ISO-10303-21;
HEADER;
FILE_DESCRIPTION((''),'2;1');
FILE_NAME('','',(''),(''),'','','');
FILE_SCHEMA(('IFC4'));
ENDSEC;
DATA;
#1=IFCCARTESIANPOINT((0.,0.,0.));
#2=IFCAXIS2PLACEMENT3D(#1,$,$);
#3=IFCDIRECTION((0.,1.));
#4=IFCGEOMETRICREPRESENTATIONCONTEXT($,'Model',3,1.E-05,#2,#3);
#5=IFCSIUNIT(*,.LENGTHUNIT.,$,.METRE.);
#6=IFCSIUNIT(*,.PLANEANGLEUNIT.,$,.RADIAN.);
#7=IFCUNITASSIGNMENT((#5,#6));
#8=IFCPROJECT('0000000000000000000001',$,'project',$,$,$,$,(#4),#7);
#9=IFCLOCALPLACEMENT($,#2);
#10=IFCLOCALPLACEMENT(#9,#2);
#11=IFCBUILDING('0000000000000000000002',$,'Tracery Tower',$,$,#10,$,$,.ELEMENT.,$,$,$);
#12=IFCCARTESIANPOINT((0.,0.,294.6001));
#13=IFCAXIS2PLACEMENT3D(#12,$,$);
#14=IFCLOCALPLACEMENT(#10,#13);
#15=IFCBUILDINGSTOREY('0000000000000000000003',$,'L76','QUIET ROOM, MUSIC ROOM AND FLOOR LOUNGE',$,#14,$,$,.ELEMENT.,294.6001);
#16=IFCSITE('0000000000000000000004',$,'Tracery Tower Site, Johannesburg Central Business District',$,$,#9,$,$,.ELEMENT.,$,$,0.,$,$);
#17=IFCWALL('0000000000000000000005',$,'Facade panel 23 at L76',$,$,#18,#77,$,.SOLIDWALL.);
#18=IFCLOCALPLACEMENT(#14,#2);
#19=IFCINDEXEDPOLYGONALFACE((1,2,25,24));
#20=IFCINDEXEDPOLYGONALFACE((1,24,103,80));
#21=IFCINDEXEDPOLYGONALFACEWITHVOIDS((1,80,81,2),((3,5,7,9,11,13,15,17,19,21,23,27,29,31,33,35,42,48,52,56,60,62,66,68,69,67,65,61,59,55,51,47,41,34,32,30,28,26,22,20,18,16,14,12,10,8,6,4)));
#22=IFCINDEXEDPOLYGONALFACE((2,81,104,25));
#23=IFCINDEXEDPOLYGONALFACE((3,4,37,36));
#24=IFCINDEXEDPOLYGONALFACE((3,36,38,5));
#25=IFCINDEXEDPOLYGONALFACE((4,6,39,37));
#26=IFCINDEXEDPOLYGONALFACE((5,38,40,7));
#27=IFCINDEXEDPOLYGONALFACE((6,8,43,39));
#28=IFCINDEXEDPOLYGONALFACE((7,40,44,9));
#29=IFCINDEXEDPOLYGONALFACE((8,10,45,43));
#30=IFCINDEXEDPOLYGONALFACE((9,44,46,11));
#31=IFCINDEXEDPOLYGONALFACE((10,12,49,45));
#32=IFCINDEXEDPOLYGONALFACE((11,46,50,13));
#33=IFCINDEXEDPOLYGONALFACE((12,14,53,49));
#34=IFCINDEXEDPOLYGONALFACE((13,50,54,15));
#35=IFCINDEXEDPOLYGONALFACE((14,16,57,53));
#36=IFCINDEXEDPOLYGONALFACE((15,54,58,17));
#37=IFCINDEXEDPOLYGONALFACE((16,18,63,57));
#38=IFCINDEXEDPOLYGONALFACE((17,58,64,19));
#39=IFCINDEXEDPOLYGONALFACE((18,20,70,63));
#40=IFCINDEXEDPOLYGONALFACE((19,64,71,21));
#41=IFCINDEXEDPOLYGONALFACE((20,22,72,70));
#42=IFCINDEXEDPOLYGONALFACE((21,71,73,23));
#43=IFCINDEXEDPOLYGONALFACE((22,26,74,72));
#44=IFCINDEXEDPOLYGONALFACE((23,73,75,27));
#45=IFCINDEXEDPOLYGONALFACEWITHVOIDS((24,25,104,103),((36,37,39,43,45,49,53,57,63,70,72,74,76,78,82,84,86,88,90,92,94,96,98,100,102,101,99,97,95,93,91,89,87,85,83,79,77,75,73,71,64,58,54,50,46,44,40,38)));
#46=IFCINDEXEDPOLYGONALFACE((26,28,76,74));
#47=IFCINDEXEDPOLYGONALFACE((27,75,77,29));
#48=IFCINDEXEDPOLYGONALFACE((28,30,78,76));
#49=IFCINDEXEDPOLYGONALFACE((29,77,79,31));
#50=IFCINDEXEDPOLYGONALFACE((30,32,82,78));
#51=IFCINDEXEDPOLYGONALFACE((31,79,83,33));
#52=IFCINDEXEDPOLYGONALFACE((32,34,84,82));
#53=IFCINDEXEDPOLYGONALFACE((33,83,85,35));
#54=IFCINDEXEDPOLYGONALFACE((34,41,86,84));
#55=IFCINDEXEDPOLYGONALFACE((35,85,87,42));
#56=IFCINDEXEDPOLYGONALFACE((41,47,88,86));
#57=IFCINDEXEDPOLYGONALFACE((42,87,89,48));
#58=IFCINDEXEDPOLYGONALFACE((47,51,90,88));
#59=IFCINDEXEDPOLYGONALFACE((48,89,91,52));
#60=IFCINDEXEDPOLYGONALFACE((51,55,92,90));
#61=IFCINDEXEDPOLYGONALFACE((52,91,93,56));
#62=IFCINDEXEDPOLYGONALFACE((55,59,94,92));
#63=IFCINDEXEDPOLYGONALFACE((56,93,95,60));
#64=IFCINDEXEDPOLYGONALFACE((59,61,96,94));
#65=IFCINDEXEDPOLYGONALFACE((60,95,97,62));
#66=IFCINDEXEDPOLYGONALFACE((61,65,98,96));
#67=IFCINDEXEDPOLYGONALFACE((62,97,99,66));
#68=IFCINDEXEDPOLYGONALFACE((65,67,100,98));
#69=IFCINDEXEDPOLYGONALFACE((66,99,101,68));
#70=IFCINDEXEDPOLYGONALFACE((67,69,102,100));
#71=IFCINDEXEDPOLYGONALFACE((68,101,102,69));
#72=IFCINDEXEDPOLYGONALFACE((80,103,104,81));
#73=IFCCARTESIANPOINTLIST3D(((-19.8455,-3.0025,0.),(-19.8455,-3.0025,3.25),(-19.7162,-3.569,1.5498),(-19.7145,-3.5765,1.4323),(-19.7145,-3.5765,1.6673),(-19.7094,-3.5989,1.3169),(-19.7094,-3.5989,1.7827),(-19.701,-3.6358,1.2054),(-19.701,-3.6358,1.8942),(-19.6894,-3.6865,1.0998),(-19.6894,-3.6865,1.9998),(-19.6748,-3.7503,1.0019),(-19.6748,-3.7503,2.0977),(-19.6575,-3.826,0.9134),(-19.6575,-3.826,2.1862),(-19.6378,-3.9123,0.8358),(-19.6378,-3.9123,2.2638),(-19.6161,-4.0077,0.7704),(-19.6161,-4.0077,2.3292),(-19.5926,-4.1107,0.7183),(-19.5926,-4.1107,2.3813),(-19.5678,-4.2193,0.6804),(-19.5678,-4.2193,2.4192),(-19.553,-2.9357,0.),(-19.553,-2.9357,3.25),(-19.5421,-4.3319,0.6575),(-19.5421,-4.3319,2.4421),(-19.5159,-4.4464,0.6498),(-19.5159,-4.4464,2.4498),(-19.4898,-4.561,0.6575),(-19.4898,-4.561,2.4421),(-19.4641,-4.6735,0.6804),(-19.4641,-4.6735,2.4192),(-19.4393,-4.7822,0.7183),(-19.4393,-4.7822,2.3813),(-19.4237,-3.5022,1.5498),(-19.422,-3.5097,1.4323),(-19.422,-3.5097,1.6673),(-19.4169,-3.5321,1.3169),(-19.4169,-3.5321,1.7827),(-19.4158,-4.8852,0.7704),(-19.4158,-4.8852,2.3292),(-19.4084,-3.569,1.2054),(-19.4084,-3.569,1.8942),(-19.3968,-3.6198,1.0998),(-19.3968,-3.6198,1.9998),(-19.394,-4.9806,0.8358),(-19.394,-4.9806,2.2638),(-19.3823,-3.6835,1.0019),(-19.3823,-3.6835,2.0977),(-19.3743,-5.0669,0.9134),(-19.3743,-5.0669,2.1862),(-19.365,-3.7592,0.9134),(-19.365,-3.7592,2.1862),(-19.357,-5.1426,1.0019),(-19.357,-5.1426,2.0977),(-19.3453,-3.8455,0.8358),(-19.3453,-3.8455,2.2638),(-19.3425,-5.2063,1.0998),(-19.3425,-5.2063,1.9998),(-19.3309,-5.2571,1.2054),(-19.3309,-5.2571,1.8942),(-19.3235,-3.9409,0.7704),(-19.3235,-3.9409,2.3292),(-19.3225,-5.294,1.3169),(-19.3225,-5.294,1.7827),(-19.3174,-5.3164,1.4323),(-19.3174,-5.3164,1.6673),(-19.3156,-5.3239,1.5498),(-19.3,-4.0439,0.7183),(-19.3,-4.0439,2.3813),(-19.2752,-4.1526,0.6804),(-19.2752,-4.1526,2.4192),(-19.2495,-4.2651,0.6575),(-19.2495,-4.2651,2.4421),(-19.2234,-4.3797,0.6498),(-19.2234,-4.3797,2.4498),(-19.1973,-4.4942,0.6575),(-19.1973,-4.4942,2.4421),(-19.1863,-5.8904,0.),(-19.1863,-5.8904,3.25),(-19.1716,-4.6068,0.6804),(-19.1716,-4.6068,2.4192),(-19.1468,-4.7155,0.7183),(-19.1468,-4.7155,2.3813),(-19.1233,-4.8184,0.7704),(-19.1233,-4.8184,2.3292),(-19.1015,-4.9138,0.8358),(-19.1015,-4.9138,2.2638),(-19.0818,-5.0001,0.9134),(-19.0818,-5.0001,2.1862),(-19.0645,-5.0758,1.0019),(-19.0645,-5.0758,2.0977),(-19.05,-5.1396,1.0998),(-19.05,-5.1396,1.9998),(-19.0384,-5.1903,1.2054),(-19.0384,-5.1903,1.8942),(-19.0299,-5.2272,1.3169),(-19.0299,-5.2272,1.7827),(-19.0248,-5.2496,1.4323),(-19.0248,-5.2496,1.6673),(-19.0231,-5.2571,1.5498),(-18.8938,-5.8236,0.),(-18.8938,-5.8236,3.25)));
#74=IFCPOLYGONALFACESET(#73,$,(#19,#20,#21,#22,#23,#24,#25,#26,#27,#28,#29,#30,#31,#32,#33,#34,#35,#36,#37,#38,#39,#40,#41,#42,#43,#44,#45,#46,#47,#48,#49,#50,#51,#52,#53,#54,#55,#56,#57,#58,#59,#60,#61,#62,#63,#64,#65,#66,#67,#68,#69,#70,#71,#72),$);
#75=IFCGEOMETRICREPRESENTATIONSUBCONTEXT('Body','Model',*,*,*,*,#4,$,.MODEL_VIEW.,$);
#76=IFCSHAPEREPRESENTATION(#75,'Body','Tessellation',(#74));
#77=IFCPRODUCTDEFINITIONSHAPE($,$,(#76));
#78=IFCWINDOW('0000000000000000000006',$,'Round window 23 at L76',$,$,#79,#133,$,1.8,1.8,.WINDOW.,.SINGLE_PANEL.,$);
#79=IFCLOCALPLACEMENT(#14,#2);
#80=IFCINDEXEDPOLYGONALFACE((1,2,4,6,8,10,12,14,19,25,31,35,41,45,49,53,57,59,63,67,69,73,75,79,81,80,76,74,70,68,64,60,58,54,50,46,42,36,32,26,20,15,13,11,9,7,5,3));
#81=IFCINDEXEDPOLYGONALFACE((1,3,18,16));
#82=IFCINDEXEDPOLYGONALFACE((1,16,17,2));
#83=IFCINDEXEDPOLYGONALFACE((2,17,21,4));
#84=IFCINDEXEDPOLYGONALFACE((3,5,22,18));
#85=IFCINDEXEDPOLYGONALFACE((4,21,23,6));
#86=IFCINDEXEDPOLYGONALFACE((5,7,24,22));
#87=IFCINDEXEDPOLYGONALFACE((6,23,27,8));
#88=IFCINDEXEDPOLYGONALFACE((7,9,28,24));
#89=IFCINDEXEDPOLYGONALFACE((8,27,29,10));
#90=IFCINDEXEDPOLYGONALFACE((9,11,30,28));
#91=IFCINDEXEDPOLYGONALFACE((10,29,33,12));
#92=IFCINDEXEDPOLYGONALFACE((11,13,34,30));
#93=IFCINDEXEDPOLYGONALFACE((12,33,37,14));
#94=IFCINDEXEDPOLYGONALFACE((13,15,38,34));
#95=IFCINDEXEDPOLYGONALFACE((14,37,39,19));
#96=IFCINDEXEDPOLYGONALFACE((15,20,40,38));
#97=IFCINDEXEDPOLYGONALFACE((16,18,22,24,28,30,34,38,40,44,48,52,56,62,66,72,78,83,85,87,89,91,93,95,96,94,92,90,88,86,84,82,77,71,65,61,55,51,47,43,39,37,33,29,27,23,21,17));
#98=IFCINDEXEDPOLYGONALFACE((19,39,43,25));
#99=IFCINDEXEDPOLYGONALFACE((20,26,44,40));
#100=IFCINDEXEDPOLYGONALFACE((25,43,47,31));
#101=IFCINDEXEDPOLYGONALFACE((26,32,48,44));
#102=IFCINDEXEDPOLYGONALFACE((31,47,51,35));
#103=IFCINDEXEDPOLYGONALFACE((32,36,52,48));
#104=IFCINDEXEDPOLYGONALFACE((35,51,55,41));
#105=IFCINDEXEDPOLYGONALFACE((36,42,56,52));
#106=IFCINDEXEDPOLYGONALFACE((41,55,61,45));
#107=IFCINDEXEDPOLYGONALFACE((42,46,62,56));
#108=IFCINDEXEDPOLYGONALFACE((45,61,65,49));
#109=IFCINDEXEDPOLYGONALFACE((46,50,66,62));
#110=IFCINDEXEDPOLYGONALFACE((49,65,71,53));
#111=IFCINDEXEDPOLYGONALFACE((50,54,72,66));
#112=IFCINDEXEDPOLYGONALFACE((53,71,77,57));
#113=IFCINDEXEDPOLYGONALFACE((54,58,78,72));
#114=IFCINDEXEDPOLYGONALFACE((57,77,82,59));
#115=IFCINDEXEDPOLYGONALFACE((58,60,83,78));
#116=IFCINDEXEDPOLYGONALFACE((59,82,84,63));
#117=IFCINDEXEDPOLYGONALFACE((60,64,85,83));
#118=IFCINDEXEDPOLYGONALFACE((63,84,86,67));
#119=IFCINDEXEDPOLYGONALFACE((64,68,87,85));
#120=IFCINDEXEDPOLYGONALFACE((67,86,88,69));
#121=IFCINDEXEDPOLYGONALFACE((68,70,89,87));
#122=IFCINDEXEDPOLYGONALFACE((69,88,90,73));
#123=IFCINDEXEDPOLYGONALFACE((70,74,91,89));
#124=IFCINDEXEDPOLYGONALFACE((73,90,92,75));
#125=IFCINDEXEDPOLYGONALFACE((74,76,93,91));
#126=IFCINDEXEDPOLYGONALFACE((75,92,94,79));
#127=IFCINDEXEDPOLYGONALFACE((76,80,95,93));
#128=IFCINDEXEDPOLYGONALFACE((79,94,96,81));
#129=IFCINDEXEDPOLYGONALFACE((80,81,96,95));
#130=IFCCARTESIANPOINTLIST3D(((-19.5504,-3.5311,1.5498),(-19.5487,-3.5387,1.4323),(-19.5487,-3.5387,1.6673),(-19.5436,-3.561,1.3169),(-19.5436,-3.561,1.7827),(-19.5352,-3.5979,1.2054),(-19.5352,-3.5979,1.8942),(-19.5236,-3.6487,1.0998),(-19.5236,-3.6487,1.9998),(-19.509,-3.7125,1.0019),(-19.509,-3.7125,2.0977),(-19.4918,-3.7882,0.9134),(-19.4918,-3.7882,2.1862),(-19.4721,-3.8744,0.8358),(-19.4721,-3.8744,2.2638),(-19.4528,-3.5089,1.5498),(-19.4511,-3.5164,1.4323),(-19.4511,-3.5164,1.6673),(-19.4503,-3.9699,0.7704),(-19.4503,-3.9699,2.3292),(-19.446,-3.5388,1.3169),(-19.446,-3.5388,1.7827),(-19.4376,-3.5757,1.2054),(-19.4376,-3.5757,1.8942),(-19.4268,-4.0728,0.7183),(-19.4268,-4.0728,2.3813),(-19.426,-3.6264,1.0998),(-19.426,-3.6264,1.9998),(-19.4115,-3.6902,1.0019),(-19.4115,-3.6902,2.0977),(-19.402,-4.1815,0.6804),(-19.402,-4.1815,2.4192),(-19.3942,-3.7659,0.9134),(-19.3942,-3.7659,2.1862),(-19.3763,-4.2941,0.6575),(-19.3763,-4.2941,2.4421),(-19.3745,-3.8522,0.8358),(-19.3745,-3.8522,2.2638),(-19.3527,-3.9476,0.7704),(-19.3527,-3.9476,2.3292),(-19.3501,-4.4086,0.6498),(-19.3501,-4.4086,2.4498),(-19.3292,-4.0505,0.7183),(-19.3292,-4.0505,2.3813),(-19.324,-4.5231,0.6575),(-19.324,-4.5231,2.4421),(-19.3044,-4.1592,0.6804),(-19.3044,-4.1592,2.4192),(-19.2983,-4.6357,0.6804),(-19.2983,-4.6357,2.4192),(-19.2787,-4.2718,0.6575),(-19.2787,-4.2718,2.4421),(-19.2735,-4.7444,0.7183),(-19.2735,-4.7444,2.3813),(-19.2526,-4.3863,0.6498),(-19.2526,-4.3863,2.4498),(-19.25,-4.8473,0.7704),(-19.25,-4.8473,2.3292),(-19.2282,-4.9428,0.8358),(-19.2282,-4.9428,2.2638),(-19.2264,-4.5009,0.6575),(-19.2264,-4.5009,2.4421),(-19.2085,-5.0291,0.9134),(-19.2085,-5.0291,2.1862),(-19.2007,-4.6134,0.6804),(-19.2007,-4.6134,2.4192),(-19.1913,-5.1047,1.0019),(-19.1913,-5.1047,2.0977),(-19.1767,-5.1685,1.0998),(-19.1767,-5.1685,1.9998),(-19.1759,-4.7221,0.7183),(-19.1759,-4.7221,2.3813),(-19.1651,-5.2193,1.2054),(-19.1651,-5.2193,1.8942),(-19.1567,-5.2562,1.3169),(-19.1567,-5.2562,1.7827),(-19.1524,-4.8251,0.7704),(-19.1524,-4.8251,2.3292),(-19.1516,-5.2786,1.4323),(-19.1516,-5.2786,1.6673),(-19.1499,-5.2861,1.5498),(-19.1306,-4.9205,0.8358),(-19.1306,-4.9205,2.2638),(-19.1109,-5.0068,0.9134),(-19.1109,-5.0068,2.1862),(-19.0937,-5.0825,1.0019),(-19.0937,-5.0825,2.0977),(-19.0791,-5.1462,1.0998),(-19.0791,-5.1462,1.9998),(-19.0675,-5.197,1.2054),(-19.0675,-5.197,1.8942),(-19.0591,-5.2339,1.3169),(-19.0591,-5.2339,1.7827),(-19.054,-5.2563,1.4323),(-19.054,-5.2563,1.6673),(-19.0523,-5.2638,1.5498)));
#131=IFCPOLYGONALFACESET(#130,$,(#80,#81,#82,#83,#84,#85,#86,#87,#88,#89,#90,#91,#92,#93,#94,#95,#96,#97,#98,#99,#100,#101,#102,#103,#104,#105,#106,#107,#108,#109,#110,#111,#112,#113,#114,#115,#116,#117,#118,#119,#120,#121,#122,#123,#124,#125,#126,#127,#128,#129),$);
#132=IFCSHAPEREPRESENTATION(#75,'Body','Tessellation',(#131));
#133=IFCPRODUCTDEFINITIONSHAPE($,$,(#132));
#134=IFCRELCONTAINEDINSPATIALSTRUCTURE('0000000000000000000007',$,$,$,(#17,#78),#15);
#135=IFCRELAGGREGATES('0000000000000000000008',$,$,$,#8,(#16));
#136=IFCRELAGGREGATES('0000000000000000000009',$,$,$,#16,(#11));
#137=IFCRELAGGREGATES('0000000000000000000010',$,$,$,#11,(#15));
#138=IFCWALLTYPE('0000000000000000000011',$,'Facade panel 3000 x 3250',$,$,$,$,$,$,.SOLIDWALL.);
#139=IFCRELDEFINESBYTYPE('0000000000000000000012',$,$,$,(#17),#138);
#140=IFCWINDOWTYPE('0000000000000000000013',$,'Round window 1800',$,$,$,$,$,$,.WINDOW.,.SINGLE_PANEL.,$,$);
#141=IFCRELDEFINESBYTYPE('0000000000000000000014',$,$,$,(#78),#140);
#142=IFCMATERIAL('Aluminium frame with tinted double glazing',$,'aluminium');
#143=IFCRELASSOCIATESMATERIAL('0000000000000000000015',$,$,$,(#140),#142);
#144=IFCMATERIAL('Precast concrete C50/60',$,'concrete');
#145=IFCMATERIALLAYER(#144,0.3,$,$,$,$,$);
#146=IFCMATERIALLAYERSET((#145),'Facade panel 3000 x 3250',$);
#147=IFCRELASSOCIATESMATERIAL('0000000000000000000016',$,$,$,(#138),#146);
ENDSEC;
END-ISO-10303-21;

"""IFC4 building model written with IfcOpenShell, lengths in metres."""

from ifc_helpers import new_model, si_unit, direction, frame, frame_2d, origin, origin_2d, place, context, subcontext, project, spatial, rectangle, circle, extrude, material, layer, layer_set, type_object, element, fill, save


model = new_model("IFC4")

# Units and contexts
model_context = context("Model", 3, precision=1e-05, world=origin(), true_north=direction((0.0, 1.0)))
body_context = subcontext(model_context, "Body", "Model", "MODEL_VIEW")
ifc_project = project(units=[si_unit("LENGTHUNIT", "METRE"), si_unit("PLANEANGLEUNIT", "RADIAN")], contexts=[model_context])

# Site, building, storey
site_placement = place(None, origin())
site = spatial("IfcSite", under=ifc_project, at=site_placement, Name="Tracery Tower Site, Johannesburg Central Business District", CompositionType="ELEMENT", RefElevation=0.0)
building_placement = place(site_placement, origin())
building = spatial("IfcBuilding", under=site, at=building_placement, Name="Tracery Tower", CompositionType="ELEMENT")
storey_placement = place(building_placement, frame((0.0, 0.0, 294.6001)))
storey = spatial("IfcBuildingStorey", under=building, at=storey_placement, Name="L76", Description="QUIET ROOM, MUSIC ROOM AND FLOOR LOUNGE", CompositionType="ELEMENT", Elevation=294.6001)

# Wall, opening, window
ifc_material_1 = material(Name="Aluminium frame with tinted double glazing", Category="aluminium")
window_type = type_object("IfcWindowType", Name="Round window 1800", PartitioningType="SINGLE_PANEL", PredefinedType="WINDOW", material=ifc_material_1)
ifc_material_2 = material(Name="Precast concrete C50/60", Category="concrete")
ifc_layer_1 = layer(ifc_material_2, 0.3)
ifc_layer_set_1 = layer_set([ifc_layer_1], Name="Facade panel 3000 x 3250")
wall_type_1 = type_object("IfcWallType", Name="Facade panel 3000 x 3250", PredefinedType="SOLIDWALL", material=ifc_layer_set_1)
wall_1_placement = place(storey_placement, frame((-19.6992, -2.9692, 0.0), z_axis=(0.0, 0.0, 1.0), x_axis=(0.222529, -0.974926, 0.0)))
wall_1 = element("IfcWall", 1, at=wall_1_placement, inside=storey, type_object=wall_type_1, Name="Facade panel 23 at L76", PredefinedType="SOLIDWALL", context=body_context, shape_type="SweptSolid", body=[
    extrude(rectangle(XDim=2.9622, YDim=0.3, at=frame_2d((1.481, 0.0))), origin(), (0.0, 0.0, 1.0), 3.25),
])
opening_1_placement = place(wall_1_placement, frame((1.481, 0.0, 1.5498)))
opening_1 = element("IfcOpeningElement", 2, at=opening_1_placement, cuts=wall_1, PredefinedType="OPENING", context=body_context, shape_type="SweptSolid", body=[
    extrude(circle(Radius=0.9, at=origin_2d()), frame((0.0, 0.1599, 0.0), z_axis=(0.0, -1.0, 0.0), x_axis=(1.0, 0.0, 0.0)), (0.0, 0.0, 1.0), 0.3201),
])
window_1_placement = place(opening_1_placement, origin())
window_1 = element("IfcWindow", 3, at=window_1_placement, inside=storey, type_object=window_type, Name="Round window 23 at L76", OverallHeight=1.8, OverallWidth=1.8, PartitioningType="SINGLE_PANEL", PredefinedType="WINDOW", context=body_context, shape_type="SweptSolid", body=[
    extrude(circle(Radius=0.9, at=origin_2d()), frame((0.0, 0.1201, 0.0), z_axis=(0.0, -1.0, 0.0), x_axis=(1.0, 0.0, 0.0)), (0.0, 0.0, 1.0), 0.1001),
])
fill(opening_1, window_1)

save(model, "model.ifc")
